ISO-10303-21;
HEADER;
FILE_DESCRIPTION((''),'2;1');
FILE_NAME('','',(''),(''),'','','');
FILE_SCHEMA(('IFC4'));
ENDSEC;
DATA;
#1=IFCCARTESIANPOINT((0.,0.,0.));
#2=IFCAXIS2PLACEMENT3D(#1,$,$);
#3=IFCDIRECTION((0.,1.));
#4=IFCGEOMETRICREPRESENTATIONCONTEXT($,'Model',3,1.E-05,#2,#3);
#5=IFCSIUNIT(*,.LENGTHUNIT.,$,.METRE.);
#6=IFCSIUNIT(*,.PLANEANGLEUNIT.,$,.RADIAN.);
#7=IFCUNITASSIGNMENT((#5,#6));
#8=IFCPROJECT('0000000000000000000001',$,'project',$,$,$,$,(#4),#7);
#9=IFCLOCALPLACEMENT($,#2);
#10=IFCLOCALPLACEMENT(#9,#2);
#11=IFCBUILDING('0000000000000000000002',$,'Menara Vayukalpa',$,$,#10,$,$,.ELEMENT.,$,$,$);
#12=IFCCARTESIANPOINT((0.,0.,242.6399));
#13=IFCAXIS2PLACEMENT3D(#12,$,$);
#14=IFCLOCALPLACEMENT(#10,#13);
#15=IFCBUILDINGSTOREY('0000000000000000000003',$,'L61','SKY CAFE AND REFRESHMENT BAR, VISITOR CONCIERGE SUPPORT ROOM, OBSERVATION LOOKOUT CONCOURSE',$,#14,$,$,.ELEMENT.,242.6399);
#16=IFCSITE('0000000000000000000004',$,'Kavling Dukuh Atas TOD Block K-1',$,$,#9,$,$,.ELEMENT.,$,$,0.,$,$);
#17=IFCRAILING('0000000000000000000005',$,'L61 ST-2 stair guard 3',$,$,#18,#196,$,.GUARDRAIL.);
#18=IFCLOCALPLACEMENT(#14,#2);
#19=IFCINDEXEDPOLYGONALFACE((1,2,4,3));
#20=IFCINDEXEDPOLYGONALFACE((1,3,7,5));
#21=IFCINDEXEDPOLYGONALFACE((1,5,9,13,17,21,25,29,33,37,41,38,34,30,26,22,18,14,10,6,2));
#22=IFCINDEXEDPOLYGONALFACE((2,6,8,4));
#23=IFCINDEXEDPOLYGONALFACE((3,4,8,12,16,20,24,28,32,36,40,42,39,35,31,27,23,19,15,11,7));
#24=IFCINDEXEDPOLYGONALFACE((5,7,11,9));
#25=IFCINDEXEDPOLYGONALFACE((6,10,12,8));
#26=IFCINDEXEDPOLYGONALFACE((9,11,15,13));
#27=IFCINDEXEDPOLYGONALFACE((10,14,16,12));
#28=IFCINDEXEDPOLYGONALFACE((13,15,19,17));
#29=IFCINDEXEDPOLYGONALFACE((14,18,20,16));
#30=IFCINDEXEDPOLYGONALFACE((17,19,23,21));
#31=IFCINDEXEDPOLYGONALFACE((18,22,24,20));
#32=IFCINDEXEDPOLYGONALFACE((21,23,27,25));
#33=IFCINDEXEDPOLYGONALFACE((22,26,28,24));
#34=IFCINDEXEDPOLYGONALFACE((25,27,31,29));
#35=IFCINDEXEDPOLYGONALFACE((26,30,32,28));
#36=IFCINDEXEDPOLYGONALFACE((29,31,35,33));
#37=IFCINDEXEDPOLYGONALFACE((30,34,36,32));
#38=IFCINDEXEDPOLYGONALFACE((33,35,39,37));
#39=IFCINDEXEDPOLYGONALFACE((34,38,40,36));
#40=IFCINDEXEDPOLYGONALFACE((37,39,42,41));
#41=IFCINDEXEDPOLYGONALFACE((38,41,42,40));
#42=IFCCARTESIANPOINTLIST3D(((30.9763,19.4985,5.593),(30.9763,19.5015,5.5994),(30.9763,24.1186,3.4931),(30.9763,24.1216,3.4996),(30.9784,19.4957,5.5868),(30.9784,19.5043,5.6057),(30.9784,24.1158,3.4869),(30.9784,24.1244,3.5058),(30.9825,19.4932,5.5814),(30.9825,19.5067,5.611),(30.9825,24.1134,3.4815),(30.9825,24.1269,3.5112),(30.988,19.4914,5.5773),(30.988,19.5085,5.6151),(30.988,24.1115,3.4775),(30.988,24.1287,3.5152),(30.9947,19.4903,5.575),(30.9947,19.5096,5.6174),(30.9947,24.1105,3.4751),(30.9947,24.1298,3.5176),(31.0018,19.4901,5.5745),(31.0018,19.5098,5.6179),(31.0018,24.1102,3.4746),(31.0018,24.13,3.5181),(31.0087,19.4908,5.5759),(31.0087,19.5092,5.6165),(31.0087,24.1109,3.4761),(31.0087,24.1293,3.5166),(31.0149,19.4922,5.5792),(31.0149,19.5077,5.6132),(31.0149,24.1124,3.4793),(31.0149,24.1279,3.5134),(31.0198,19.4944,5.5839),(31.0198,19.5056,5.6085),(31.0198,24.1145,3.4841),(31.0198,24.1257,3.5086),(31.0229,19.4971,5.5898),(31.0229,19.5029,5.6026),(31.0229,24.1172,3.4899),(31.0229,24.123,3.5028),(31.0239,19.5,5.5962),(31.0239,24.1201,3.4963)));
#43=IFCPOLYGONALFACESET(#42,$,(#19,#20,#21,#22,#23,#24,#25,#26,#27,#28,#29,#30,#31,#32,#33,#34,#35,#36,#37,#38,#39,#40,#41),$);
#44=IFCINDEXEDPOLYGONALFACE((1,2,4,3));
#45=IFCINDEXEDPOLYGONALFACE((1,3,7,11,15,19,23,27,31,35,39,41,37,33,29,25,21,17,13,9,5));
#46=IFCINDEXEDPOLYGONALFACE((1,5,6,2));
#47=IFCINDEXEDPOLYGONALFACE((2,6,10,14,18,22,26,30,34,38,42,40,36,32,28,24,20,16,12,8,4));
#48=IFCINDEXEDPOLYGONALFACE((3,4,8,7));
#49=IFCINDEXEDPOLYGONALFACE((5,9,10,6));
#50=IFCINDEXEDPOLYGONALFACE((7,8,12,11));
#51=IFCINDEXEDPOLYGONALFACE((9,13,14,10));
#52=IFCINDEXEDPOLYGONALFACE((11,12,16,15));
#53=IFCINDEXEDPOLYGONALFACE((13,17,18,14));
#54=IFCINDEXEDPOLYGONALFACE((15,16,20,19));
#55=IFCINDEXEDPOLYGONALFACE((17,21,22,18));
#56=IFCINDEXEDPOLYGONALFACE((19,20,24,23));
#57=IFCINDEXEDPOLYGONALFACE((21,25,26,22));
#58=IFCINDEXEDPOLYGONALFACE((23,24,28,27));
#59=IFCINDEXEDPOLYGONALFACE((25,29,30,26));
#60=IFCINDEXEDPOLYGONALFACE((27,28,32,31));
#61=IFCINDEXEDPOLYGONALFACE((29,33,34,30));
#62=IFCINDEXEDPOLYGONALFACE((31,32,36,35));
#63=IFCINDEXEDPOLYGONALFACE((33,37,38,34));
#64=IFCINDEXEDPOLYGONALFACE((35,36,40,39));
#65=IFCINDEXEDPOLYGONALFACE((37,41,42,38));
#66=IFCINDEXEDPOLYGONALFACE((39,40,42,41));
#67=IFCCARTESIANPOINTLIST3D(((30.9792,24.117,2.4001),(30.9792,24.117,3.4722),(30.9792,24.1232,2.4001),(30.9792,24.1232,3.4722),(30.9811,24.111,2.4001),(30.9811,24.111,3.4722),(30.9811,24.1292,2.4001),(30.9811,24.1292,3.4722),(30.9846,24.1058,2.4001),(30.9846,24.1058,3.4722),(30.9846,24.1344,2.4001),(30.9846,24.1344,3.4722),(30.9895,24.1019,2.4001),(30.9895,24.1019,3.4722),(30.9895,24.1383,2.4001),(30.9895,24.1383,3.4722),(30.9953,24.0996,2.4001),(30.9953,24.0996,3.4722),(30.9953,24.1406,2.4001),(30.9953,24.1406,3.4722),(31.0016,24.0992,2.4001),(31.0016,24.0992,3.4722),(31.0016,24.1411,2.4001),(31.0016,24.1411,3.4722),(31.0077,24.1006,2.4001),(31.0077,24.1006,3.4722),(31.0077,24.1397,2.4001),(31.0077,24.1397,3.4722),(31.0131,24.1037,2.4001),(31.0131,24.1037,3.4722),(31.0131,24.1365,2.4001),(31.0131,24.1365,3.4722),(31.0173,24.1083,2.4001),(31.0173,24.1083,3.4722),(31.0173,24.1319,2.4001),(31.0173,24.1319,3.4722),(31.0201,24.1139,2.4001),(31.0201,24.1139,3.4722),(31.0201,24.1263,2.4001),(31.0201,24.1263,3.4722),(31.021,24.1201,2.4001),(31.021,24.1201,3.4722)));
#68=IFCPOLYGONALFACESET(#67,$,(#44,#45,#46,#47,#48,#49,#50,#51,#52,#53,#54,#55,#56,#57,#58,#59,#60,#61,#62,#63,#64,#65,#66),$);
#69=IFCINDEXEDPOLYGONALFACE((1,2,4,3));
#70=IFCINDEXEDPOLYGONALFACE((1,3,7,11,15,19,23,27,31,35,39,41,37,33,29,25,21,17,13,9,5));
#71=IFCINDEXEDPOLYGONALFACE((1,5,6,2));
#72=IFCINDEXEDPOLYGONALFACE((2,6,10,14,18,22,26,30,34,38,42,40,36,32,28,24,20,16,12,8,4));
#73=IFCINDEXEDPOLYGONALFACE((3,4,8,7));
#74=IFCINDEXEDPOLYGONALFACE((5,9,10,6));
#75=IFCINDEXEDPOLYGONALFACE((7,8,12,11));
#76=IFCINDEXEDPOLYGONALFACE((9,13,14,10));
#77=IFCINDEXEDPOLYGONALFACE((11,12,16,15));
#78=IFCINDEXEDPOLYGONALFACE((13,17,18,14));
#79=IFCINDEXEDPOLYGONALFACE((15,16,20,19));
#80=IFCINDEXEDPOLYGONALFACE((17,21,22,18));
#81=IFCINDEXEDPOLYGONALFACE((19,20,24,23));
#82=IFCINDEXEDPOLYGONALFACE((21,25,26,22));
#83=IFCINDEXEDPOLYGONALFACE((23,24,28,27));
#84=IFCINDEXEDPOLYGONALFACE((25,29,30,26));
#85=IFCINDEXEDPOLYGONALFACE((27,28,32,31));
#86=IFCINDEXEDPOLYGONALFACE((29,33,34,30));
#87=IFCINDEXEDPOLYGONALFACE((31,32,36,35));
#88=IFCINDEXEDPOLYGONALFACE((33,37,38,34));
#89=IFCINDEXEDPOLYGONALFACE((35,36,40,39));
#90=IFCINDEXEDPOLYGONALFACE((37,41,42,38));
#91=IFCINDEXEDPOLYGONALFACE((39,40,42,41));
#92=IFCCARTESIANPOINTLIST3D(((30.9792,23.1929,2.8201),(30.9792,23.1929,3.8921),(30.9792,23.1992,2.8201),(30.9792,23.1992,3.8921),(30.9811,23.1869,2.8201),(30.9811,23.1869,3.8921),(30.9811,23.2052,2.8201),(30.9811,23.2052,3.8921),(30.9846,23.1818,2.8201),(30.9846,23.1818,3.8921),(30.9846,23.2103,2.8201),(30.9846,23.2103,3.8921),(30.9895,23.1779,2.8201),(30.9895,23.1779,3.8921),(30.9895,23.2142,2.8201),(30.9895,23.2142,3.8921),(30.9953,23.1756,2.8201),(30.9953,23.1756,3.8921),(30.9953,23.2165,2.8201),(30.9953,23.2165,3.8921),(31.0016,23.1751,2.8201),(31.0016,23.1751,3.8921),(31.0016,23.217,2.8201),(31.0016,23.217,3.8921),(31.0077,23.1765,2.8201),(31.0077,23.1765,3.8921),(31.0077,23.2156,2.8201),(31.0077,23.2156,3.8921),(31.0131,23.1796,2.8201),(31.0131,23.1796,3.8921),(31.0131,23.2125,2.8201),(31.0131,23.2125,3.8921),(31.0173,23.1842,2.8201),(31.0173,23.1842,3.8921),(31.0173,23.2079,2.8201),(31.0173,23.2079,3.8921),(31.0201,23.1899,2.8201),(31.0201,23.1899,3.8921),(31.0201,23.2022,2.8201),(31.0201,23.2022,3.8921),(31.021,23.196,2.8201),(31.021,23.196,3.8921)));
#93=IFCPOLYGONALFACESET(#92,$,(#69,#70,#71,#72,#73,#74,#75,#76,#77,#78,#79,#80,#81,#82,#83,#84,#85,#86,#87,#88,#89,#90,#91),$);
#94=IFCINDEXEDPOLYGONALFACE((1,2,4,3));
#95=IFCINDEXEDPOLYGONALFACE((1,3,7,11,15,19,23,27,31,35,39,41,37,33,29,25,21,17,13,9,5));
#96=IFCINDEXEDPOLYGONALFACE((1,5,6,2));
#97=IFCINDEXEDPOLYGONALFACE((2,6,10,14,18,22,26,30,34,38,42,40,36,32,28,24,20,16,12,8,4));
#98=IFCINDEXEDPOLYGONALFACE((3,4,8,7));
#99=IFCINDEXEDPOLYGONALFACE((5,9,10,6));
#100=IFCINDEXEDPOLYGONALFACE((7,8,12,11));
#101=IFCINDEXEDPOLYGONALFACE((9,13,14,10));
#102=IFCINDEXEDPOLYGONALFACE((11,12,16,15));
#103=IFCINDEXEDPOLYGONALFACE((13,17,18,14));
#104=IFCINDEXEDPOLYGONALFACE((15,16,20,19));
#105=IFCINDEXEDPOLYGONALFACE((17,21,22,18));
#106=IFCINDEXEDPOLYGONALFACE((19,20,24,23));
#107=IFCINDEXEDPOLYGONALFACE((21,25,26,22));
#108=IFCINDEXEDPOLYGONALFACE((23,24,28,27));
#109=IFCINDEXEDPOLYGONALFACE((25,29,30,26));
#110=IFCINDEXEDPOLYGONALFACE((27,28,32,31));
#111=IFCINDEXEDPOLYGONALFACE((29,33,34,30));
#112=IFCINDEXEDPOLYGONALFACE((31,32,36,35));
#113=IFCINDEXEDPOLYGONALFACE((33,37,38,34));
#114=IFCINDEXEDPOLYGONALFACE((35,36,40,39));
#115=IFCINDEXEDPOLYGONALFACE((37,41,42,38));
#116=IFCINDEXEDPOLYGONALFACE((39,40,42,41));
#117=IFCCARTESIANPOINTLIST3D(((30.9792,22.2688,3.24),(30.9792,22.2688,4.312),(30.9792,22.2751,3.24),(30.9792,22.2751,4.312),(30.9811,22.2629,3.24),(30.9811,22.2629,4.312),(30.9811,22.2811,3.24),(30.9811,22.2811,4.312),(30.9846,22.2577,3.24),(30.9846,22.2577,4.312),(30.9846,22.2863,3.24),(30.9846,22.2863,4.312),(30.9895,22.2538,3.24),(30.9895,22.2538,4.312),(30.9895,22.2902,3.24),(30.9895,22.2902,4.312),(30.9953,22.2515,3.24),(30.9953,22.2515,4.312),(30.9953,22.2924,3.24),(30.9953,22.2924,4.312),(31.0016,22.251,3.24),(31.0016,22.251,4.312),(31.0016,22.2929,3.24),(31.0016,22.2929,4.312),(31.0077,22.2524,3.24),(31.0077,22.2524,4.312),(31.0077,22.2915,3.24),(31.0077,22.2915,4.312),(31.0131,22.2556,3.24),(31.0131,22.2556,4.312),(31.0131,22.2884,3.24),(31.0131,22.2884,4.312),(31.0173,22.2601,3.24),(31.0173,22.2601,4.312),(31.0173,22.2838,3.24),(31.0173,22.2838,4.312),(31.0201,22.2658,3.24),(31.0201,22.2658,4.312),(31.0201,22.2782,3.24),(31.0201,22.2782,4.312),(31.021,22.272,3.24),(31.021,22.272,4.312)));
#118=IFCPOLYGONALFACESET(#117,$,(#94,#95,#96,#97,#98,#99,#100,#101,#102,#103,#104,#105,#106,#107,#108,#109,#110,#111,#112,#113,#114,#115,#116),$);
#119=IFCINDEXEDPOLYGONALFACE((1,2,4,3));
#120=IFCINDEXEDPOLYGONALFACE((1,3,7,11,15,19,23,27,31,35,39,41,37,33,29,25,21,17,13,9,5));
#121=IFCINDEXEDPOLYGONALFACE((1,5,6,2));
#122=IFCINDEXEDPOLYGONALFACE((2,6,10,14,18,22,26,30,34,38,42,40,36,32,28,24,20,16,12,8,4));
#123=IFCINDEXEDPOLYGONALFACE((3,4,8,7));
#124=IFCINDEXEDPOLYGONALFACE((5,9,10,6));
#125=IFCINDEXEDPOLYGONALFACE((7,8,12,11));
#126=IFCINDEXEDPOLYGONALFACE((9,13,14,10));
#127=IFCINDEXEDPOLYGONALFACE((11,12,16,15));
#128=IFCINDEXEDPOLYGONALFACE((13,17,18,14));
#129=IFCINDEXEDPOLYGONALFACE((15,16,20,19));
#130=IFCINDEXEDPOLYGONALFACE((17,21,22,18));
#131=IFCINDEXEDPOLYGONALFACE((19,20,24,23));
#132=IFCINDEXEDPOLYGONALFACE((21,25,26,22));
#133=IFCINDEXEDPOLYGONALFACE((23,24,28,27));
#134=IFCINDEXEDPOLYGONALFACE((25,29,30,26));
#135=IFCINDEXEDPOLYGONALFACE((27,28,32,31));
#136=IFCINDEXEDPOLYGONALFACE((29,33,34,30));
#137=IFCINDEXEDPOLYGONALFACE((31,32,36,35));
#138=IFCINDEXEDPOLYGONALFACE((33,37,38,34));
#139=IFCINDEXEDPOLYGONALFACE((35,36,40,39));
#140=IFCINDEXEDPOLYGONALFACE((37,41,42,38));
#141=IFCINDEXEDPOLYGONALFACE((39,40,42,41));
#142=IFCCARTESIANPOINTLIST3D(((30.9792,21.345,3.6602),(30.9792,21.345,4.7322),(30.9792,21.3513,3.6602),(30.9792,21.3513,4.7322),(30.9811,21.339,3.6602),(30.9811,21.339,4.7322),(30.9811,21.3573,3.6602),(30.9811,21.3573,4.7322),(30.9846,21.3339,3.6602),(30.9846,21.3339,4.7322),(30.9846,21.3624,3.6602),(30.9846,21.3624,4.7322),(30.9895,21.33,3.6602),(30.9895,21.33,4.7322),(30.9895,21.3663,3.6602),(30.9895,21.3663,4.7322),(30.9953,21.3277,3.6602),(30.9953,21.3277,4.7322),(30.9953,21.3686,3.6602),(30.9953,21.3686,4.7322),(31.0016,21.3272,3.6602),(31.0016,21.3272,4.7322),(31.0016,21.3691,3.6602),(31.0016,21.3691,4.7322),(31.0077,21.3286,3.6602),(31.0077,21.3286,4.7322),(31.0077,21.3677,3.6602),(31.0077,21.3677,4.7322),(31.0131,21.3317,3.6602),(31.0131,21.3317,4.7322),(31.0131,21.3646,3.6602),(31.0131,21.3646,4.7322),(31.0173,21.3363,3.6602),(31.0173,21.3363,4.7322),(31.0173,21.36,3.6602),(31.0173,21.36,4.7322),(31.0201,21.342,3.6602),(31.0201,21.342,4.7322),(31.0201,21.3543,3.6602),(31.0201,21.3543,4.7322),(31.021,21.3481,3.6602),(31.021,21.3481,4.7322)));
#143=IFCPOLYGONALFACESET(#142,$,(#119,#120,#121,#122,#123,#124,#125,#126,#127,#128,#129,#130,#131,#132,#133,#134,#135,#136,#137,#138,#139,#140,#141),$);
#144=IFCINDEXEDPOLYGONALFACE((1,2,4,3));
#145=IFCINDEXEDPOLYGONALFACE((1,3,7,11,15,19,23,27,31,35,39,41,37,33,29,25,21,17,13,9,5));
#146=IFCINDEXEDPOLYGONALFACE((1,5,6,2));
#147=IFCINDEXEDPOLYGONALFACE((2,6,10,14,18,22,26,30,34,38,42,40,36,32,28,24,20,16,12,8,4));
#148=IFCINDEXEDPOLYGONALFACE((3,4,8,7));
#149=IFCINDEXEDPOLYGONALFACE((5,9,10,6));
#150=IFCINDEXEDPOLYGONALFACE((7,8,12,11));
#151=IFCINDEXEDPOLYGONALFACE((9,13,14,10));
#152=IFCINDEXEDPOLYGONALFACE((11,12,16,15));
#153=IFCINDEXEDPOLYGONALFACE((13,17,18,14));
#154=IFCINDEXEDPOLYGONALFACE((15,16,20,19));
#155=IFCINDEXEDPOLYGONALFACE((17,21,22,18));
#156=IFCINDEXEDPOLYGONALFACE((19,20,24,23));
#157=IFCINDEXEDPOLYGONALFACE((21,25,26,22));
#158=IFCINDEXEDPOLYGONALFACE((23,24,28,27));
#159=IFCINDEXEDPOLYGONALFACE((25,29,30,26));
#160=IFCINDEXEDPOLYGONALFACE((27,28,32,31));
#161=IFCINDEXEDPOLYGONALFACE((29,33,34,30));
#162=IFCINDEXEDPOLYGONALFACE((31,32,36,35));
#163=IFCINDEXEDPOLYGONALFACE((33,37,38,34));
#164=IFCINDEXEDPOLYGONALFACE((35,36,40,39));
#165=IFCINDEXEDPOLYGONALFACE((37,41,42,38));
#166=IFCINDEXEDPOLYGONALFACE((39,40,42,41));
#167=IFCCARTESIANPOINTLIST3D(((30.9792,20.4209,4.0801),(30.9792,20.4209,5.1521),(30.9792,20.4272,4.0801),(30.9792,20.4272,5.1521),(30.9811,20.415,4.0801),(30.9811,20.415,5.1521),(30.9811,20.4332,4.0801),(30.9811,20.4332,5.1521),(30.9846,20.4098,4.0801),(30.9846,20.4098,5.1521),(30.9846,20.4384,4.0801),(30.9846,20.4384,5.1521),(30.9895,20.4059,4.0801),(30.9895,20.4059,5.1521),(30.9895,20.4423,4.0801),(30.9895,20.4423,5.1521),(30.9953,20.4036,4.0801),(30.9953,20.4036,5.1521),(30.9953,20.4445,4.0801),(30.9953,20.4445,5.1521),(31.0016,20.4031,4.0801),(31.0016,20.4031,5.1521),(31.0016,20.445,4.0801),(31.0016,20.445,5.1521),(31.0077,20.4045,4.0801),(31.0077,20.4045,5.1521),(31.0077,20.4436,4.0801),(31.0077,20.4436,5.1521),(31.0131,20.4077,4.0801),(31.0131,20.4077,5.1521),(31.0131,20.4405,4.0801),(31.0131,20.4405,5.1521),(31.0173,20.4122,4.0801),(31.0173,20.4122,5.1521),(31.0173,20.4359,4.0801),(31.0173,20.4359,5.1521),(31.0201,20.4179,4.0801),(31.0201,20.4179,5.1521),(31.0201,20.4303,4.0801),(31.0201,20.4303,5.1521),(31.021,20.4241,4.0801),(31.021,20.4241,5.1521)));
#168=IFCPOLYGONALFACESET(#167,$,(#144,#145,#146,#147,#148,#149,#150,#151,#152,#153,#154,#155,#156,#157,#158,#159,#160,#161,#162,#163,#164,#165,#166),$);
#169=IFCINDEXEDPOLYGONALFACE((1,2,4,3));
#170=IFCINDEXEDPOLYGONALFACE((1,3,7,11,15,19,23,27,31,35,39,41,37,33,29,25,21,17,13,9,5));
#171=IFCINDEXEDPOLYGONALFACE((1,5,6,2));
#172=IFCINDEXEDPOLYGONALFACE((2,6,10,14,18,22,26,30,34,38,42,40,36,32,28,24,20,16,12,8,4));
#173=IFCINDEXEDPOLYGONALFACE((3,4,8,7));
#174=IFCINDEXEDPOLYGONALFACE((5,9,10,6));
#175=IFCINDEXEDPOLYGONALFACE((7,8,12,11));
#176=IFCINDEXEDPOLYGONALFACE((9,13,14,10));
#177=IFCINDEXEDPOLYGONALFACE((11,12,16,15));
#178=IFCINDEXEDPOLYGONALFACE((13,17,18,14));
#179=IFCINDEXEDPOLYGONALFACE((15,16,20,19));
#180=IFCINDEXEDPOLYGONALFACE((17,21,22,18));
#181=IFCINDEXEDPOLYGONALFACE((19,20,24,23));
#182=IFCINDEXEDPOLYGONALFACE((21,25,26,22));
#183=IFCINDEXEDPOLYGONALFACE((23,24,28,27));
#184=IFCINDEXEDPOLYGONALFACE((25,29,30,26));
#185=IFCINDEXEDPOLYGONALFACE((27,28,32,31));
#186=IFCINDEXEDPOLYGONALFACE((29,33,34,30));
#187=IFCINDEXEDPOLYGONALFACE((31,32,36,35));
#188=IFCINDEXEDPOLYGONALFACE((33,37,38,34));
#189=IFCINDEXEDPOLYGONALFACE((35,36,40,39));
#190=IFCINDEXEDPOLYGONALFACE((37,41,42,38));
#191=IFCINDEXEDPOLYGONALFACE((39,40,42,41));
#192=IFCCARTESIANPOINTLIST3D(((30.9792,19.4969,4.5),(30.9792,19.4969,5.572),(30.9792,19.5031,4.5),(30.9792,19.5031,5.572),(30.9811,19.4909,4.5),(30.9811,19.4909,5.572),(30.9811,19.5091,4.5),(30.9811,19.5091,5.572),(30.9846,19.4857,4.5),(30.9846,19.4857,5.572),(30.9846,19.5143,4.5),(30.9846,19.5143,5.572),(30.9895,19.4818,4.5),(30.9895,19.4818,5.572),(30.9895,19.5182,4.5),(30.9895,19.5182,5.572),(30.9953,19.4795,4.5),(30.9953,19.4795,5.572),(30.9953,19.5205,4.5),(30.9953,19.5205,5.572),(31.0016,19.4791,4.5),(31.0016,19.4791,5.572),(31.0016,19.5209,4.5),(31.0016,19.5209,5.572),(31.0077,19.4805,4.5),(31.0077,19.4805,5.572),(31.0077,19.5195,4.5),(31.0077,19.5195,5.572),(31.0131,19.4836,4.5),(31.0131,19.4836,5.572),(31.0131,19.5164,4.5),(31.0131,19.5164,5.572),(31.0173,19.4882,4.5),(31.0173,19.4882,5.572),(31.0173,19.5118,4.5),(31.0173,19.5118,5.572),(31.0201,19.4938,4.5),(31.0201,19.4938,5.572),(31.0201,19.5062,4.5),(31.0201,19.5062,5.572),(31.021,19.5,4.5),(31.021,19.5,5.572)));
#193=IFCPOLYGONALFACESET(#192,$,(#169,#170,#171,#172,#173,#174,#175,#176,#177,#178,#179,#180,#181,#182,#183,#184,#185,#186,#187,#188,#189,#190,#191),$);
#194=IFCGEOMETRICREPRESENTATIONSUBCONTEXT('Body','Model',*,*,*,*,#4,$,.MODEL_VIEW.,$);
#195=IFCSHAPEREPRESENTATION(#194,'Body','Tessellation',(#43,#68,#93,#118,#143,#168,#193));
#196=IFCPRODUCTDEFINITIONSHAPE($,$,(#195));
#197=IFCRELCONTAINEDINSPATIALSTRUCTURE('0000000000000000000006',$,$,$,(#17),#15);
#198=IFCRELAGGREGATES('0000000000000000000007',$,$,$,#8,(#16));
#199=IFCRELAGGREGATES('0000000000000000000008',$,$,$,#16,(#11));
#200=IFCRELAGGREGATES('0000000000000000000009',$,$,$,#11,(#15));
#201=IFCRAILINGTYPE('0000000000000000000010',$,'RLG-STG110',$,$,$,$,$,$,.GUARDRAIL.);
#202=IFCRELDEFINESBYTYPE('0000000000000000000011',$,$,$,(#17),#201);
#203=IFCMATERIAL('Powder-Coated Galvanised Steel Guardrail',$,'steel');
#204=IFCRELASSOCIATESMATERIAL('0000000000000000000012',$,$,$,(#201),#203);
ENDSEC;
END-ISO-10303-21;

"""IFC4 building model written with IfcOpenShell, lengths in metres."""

from ifc_helpers import new_model, si_unit, direction, frame, origin, origin_2d, place, context, subcontext, project, spatial, circle, extrude, material, type_object, element, save


model = new_model("IFC4")

# Units and contexts
model_context = context("Model", 3, precision=1e-05, world=origin(), true_north=direction((0.0, 1.0)))
body_context = subcontext(model_context, "Body", "Model", "MODEL_VIEW")
ifc_project = project(units=[si_unit("LENGTHUNIT", "METRE"), si_unit("PLANEANGLEUNIT", "RADIAN")], contexts=[model_context])

# Site, building, storey
site_placement = place(None, origin())
site = spatial("IfcSite", under=ifc_project, at=site_placement, Name="Kavling Dukuh Atas TOD Block K-1", CompositionType="ELEMENT", RefElevation=0.0)
building_placement = place(site_placement, origin())
building = spatial("IfcBuilding", under=site, at=building_placement, Name="Menara Vayukalpa", CompositionType="ELEMENT")
storey_placement = place(building_placement, frame((0.0, 0.0, 242.6399)))
storey = spatial("IfcBuildingStorey", under=building, at=storey_placement, Name="L61", Description="SKY CAFE AND REFRESHMENT BAR, VISITOR CONCIERGE SUPPORT ROOM, OBSERVATION LOOKOUT CONCOURSE", CompositionType="ELEMENT", Elevation=242.6399)

# Railing
ifc_material_1 = material(Name="Powder-Coated Galvanised Steel Guardrail", Category="steel")
railing_type_1 = type_object("IfcRailingType", Name="RLG-STG110", PredefinedType="GUARDRAIL", material=ifc_material_1)
railing_1_placement = place(storey_placement, frame((31.0, 24.1201, 2.4001)))
element("IfcRailing", 1, at=railing_1_placement, inside=storey, type_object=railing_type_1, Name="L61 ST-2 stair guard 3", PredefinedType="GUARDRAIL", context=body_context, shape_type="SweptSolid", body=[
    extrude(circle(Radius=0.0239, at=origin_2d()), frame((0.0, 0.0, 1.0962), z_axis=(0.0, -0.910381, 0.41377), x_axis=(1.0, 0.0, 0.0)), (0.0, 0.0, 1.0), 5.075),
    extrude(circle(Radius=0.021, at=origin_2d()), origin(), (0.0, 0.0, 1.0), 1.072),
    extrude(circle(Radius=0.021, at=origin_2d()), frame((0.0, -0.9241, 0.4199)), (0.0, 0.0, 1.0), 1.072),
    extrude(circle(Radius=0.021, at=origin_2d()), frame((0.0, -1.8481, 0.8398)), (0.0, 0.0, 1.0), 1.072),
    extrude(circle(Radius=0.021, at=origin_2d()), frame((0.0, -2.772, 1.26)), (0.0, 0.0, 1.0), 1.072),
    extrude(circle(Radius=0.021, at=origin_2d()), frame((0.0, -3.696, 1.6799)), (0.0, 0.0, 1.0), 1.072),
    extrude(circle(Radius=0.021, at=origin_2d()), frame((0.0, -4.6201, 2.0999)), (0.0, 0.0, 1.0), 1.072),
])

save(model, "model.ifc")
